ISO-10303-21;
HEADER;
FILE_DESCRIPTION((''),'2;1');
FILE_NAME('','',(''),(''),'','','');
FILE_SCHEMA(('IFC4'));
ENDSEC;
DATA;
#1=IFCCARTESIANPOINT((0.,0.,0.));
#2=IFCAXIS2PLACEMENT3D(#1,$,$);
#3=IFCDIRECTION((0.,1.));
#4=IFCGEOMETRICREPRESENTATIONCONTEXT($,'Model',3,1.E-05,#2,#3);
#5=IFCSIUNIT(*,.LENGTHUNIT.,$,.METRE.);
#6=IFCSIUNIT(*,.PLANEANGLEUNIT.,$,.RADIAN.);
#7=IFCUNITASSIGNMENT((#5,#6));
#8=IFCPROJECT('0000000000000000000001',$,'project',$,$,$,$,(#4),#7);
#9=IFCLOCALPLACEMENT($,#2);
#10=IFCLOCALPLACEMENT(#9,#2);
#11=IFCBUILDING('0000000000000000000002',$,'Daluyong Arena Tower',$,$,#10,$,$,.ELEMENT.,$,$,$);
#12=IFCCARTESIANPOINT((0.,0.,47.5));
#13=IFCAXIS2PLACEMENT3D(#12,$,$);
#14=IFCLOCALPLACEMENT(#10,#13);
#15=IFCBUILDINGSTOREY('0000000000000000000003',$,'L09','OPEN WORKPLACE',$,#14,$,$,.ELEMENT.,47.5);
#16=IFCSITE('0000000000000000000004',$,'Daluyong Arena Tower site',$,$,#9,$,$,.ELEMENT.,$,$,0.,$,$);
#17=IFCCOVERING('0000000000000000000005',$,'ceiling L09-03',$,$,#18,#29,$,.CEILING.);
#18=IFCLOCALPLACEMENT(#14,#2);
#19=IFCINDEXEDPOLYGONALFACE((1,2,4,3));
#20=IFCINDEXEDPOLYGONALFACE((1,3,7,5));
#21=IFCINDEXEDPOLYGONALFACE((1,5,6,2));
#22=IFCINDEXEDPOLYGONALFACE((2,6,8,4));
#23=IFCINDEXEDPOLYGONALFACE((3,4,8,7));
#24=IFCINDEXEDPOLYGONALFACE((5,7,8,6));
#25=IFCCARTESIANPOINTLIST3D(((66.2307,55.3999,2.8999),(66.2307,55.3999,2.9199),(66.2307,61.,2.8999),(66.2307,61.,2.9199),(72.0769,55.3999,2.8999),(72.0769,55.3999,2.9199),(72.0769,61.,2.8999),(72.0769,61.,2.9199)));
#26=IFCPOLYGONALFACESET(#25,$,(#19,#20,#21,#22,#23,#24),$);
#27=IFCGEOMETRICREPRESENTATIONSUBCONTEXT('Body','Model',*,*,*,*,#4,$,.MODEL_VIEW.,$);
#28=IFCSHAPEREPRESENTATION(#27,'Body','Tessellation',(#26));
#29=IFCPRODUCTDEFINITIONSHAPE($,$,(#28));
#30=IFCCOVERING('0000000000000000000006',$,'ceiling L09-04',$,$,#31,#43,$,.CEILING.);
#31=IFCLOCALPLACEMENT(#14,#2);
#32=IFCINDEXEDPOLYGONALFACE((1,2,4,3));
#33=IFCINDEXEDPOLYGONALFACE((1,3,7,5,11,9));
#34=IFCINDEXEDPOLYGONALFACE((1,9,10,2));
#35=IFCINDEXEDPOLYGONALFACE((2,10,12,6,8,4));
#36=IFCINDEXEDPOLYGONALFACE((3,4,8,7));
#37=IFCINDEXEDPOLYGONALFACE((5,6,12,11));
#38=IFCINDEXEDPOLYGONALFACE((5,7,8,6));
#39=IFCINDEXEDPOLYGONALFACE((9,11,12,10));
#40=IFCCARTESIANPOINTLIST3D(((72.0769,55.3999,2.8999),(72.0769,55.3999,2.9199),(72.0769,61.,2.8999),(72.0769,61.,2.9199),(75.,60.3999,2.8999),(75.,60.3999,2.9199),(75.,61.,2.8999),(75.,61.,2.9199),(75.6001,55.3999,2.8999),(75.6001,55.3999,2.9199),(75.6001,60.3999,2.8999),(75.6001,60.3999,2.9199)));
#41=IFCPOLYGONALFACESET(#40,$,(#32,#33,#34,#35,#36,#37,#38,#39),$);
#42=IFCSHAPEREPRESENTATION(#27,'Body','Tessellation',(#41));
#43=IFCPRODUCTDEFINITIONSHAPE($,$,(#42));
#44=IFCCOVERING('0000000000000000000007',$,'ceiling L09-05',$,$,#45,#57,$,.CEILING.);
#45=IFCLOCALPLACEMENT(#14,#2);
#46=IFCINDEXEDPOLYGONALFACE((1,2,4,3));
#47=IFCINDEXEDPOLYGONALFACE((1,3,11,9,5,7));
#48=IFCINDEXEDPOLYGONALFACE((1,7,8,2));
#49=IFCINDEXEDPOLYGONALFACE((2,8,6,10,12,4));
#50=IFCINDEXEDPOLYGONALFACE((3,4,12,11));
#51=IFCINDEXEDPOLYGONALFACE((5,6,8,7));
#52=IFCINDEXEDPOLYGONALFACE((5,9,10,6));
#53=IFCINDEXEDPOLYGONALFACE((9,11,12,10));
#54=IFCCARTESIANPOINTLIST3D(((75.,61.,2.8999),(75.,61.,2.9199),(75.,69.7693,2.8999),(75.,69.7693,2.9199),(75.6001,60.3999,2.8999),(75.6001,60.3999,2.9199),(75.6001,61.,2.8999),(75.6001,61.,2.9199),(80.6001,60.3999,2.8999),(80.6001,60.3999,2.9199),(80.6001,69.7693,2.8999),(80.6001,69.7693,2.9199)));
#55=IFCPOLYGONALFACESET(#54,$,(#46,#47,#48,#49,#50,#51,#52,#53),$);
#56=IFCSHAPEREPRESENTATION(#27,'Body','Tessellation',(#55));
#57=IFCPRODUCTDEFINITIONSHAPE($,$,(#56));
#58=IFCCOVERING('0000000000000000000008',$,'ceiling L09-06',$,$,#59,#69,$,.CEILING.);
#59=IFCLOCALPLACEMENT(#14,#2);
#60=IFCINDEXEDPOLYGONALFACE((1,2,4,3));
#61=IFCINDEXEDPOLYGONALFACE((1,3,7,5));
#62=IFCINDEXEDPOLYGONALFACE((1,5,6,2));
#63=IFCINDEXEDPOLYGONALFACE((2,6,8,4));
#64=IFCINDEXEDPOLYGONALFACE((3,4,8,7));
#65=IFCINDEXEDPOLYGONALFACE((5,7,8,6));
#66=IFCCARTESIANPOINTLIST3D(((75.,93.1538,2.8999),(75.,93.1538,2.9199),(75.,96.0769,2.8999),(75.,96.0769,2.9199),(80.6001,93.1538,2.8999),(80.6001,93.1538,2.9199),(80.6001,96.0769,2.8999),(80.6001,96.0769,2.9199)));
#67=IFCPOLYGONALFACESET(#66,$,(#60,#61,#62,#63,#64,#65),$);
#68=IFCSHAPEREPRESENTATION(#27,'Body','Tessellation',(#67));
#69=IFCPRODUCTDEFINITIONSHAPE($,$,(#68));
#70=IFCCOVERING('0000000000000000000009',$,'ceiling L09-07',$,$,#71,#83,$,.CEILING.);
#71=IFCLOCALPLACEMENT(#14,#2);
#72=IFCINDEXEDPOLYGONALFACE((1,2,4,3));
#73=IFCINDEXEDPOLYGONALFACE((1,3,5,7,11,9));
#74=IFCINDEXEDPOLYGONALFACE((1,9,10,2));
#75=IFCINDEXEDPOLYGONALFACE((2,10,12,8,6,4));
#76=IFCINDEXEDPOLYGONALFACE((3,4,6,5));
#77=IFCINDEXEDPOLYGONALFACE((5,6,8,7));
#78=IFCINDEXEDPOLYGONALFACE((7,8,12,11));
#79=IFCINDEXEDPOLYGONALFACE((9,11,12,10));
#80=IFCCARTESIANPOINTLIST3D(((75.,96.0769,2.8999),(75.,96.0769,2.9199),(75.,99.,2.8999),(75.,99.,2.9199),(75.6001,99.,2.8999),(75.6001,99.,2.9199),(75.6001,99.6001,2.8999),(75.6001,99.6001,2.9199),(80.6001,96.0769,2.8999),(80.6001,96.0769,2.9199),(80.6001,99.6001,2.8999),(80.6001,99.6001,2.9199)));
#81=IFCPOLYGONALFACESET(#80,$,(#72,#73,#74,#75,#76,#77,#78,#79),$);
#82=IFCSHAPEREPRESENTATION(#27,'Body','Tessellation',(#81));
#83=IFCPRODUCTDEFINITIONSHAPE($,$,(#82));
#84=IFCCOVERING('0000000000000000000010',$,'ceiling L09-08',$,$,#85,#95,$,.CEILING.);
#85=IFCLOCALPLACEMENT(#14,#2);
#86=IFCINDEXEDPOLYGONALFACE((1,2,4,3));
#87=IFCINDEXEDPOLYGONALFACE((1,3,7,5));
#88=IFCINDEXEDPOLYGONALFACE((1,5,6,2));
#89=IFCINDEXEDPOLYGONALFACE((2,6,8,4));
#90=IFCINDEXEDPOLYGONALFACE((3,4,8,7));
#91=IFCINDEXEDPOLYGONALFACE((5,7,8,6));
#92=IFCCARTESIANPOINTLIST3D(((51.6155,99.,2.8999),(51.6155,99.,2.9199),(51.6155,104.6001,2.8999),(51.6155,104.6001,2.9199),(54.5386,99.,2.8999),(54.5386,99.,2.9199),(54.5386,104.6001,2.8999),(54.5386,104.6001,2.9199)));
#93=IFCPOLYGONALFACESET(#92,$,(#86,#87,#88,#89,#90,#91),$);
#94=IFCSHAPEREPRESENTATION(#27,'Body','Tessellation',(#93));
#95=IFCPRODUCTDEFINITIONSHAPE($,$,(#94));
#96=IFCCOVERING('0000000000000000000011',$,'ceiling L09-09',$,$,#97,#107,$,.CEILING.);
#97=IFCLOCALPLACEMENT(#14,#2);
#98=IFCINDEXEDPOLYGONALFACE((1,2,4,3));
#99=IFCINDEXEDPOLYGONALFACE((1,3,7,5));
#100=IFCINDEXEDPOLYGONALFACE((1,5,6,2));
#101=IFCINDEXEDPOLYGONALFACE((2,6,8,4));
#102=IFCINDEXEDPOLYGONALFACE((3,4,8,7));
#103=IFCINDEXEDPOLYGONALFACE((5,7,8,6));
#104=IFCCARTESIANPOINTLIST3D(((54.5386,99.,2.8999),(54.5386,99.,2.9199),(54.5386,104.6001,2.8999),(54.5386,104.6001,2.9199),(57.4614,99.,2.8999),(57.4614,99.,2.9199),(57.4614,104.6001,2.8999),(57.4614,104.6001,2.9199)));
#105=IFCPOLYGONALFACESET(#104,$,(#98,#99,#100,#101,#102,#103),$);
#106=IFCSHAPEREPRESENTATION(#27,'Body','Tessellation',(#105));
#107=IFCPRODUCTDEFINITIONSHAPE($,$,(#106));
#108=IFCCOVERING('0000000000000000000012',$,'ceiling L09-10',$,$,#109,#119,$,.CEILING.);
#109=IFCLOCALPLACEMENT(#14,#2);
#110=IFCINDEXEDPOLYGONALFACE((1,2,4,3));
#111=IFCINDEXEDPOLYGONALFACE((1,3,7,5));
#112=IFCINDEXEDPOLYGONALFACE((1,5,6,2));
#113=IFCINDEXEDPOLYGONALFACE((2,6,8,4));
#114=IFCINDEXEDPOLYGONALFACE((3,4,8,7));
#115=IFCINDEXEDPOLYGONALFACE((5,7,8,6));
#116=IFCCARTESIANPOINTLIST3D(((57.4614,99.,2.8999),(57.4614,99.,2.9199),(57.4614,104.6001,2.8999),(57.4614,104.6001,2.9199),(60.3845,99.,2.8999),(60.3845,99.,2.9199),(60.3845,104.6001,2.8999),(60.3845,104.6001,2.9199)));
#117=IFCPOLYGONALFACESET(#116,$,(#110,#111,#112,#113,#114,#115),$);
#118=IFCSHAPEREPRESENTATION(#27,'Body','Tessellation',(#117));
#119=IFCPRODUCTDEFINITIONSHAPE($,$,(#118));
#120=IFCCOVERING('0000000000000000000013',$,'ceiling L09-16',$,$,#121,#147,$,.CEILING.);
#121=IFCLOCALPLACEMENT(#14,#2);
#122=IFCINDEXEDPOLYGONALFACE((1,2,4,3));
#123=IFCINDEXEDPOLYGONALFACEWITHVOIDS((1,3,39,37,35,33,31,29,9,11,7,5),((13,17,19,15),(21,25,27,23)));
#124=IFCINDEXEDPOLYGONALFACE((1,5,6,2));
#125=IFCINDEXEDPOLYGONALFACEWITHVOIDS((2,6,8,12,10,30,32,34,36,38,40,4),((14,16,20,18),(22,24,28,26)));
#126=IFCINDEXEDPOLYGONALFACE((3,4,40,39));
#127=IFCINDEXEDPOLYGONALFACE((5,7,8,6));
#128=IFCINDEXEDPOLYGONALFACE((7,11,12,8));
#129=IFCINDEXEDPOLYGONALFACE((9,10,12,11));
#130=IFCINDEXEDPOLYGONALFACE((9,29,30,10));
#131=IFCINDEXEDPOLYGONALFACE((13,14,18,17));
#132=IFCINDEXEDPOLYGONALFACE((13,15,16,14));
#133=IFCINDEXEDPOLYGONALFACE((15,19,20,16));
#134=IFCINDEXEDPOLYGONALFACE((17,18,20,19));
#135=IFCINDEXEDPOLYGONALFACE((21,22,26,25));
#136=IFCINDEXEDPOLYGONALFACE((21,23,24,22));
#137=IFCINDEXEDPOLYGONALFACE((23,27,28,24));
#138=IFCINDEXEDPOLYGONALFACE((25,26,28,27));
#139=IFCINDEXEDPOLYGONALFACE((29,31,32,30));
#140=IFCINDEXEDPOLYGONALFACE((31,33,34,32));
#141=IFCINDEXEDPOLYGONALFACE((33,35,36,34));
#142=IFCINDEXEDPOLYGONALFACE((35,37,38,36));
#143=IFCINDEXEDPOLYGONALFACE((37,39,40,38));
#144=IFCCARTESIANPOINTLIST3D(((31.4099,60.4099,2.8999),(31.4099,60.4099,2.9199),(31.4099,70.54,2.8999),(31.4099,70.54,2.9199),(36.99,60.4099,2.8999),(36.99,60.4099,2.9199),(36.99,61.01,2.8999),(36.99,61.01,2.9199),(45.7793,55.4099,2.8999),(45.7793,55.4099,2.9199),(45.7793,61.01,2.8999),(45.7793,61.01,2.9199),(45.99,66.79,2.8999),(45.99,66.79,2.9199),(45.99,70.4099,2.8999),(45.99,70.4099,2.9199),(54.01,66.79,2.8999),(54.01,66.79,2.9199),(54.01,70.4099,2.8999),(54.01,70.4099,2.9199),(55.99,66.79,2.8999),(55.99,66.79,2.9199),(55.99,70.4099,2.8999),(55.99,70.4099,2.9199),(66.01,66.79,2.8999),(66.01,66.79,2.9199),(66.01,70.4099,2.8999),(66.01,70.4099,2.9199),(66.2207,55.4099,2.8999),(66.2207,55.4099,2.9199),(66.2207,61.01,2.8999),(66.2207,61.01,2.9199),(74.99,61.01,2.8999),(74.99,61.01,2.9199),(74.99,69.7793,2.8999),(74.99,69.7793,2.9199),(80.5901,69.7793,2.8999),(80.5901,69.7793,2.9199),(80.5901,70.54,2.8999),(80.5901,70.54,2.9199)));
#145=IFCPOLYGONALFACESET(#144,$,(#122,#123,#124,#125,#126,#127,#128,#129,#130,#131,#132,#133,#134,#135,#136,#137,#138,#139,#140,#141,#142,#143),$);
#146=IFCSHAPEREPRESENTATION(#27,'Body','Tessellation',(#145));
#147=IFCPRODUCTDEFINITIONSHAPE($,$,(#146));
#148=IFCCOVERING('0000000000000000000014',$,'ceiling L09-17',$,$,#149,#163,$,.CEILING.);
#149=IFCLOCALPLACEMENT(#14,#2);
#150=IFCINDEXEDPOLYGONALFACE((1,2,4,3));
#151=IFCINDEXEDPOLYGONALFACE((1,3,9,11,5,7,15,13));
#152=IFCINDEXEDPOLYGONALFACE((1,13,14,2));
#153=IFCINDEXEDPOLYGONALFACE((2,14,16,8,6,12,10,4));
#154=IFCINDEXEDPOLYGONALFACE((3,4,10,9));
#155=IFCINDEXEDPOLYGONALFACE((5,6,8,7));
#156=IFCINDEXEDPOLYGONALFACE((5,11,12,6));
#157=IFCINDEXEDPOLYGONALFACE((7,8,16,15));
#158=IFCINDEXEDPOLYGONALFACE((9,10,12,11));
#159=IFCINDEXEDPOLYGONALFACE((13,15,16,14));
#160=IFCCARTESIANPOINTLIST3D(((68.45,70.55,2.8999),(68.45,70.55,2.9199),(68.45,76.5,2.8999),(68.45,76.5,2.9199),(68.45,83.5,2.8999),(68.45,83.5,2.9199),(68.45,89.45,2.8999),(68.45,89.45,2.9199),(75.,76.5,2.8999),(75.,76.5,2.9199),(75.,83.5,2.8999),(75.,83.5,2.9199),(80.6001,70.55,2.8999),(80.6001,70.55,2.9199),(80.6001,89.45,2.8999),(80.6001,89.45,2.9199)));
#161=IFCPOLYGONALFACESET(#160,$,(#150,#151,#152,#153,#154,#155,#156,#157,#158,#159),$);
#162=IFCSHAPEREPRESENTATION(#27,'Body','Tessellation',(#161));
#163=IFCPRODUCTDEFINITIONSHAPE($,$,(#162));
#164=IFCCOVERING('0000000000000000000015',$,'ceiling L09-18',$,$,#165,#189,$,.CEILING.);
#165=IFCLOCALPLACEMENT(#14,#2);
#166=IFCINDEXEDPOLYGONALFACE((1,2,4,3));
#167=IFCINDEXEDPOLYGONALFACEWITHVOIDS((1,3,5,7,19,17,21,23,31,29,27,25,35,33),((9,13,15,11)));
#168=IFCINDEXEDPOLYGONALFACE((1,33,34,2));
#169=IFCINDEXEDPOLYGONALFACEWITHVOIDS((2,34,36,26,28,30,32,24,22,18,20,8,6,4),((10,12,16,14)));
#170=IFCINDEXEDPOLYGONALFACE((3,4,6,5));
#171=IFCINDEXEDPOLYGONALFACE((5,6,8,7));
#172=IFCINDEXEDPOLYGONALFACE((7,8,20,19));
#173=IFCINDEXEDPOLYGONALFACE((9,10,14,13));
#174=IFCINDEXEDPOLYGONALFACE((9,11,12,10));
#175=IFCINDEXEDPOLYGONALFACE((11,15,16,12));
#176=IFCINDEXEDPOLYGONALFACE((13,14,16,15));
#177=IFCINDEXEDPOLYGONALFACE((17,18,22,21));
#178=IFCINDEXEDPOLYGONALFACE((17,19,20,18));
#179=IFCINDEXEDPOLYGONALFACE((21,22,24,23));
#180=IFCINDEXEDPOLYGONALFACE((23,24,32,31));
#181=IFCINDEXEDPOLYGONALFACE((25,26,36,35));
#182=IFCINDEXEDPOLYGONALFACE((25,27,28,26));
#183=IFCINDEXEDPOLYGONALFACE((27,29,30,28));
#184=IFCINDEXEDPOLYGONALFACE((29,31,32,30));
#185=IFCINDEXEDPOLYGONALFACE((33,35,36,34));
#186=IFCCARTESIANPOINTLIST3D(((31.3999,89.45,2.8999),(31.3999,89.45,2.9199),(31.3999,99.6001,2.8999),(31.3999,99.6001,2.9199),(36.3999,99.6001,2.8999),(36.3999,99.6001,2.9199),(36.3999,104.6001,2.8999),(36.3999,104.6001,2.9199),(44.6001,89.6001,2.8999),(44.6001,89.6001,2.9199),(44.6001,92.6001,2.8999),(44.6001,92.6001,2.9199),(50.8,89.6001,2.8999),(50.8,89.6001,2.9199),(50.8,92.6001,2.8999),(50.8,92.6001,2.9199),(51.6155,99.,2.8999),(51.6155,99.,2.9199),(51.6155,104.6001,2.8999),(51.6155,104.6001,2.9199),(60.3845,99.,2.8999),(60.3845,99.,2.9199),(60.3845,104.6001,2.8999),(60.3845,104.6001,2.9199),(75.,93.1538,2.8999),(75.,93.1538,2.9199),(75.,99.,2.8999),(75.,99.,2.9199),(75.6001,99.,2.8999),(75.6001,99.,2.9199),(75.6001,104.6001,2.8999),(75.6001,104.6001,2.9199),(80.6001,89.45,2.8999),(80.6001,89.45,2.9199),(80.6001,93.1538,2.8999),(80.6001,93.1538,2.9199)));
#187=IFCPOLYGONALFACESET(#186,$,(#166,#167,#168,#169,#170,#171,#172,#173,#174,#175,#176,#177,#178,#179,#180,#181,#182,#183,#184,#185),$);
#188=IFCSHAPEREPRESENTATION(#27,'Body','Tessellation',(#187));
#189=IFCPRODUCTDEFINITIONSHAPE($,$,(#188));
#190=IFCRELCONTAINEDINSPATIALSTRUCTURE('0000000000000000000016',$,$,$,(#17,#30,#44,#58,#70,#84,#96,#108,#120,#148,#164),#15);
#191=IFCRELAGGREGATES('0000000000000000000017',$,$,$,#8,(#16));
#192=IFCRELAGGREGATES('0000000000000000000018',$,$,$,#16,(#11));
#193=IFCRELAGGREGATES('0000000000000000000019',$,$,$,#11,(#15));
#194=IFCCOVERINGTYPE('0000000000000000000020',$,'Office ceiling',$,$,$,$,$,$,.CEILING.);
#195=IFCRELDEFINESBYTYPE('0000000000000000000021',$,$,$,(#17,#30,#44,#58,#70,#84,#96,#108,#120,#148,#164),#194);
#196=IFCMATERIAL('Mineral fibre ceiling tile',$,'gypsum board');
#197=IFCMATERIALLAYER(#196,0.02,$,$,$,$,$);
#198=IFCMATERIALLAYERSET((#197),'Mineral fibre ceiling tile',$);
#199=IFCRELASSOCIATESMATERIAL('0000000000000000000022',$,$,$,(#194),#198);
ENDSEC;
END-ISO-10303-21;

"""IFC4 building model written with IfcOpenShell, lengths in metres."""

from ifc_helpers import new_model, si_unit, direction, frame, origin, place, context, subcontext, project, spatial, polyline, outline, extrude, material, layer, layer_set, type_object, element, save


model = new_model("IFC4")

# Units and contexts
model_context = context("Model", 3, precision=1e-05, world=origin(), true_north=direction((0.0, 1.0)))
body_context = subcontext(model_context, "Body", "Model", "MODEL_VIEW")
ifc_project = project(units=[si_unit("LENGTHUNIT", "METRE"), si_unit("PLANEANGLEUNIT", "RADIAN")], contexts=[model_context])

# Site, building, storey
site_placement = place(None, origin())
site = spatial("IfcSite", under=ifc_project, at=site_placement, Name="Daluyong Arena Tower site", CompositionType="ELEMENT", RefElevation=0.0)
building_placement = place(site_placement, origin())
building = spatial("IfcBuilding", under=site, at=building_placement, Name="Daluyong Arena Tower", CompositionType="ELEMENT")
storey_placement = place(building_placement, frame((0.0, 0.0, 47.5)))
storey = spatial("IfcBuildingStorey", under=building, at=storey_placement, Name="L09", Description="OPEN WORKPLACE", CompositionType="ELEMENT", Elevation=47.5)

# Coverings
ifc_material_1 = material(Name="Mineral fibre ceiling tile", Category="gypsum board")
ifc_layer_1 = layer(ifc_material_1, 0.02)
ifc_layer_set_1 = layer_set([ifc_layer_1], Name="Mineral fibre ceiling tile")
covering_type = type_object("IfcCoveringType", Name="Office ceiling", PredefinedType="CEILING", material=ifc_layer_set_1)
covering_1_placement = place(storey_placement, frame((0.0, 0.0, 2.8999)))
element("IfcCovering", 1, at=covering_1_placement, inside=storey, type_object=covering_type, Name="ceiling L09-03", PredefinedType="CEILING", context=body_context, shape_type="SweptSolid", body=[
    extrude(outline(polyline([(66.2307, 61.0), (66.2307, 55.3999), (72.0769, 55.3999), (72.0769, 61.0), (66.2307, 61.0)])), origin(), (0.0, 0.0, 1.0), 0.02),
])
covering_2_placement = place(storey_placement, frame((0.0, 0.0, 2.8999)))
element("IfcCovering", 2, at=covering_2_placement, inside=storey, type_object=covering_type, Name="ceiling L09-04", PredefinedType="CEILING", context=body_context, shape_type="SweptSolid", body=[
    extrude(outline(polyline([(75.6001, 55.3999), (75.6001, 60.3999), (75.0, 60.3999), (75.0, 61.0), (72.0769, 61.0), (72.0769, 55.3999), (75.6001, 55.3999)])), origin(), (0.0, 0.0, 1.0), 0.02),
])
covering_3_placement = place(storey_placement, frame((0.0, 0.0, 2.8999)))
element("IfcCovering", 3, at=covering_3_placement, inside=storey, type_object=covering_type, Name="ceiling L09-05", PredefinedType="CEILING", context=body_context, shape_type="SweptSolid", body=[
    extrude(outline(polyline([(75.6001, 60.3999), (80.6001, 60.3999), (80.6001, 69.7693), (75.0, 69.7693), (75.0, 61.0), (75.6001, 61.0), (75.6001, 60.3999)])), origin(), (0.0, 0.0, 1.0), 0.02),
])
covering_4_placement = place(storey_placement, frame((0.0, 0.0, 2.8999)))
element("IfcCovering", 4, at=covering_4_placement, inside=storey, type_object=covering_type, Name="ceiling L09-06", PredefinedType="CEILING", context=body_context, shape_type="SweptSolid", body=[
    extrude(outline(polyline([(75.0, 93.1538), (80.6001, 93.1538), (80.6001, 96.0769), (75.0, 96.0769), (75.0, 93.1538)])), origin(), (0.0, 0.0, 1.0), 0.02),
])
covering_5_placement = place(storey_placement, frame((0.0, 0.0, 2.8999)))
element("IfcCovering", 5, at=covering_5_placement, inside=storey, type_object=covering_type, Name="ceiling L09-07", PredefinedType="CEILING", context=body_context, shape_type="SweptSolid", body=[
    extrude(outline(polyline([(75.0, 96.0769), (80.6001, 96.0769), (80.6001, 99.6001), (75.6001, 99.6001), (75.6001, 99.0), (75.0, 99.0), (75.0, 96.0769)])), origin(), (0.0, 0.0, 1.0), 0.02),
])
covering_6_placement = place(storey_placement, frame((0.0, 0.0, 2.8999)))
element("IfcCovering", 6, at=covering_6_placement, inside=storey, type_object=covering_type, Name="ceiling L09-08", PredefinedType="CEILING", context=body_context, shape_type="SweptSolid", body=[
    extrude(outline(polyline([(54.5386, 99.0), (54.5386, 104.6001), (51.6155, 104.6001), (51.6155, 99.0), (54.5386, 99.0)])), origin(), (0.0, 0.0, 1.0), 0.02),
])
covering_7_placement = place(storey_placement, frame((0.0, 0.0, 2.8999)))
element("IfcCovering", 7, at=covering_7_placement, inside=storey, type_object=covering_type, Name="ceiling L09-09", PredefinedType="CEILING", context=body_context, shape_type="SweptSolid", body=[
    extrude(outline(polyline([(57.4614, 99.0), (57.4614, 104.6001), (54.5386, 104.6001), (54.5386, 99.0), (57.4614, 99.0)])), origin(), (0.0, 0.0, 1.0), 0.02),
])
covering_8_placement = place(storey_placement, frame((0.0, 0.0, 2.8999)))
element("IfcCovering", 8, at=covering_8_placement, inside=storey, type_object=covering_type, Name="ceiling L09-10", PredefinedType="CEILING", context=body_context, shape_type="SweptSolid", body=[
    extrude(outline(polyline([(60.3845, 99.0), (60.3845, 104.6001), (57.4614, 104.6001), (57.4614, 99.0), (60.3845, 99.0)])), origin(), (0.0, 0.0, 1.0), 0.02),
])
covering_9_placement = place(storey_placement, frame((0.0, 0.0, 2.8999)))
element("IfcCovering", 9, at=covering_9_placement, inside=storey, type_object=covering_type, Name="ceiling L09-16", PredefinedType="CEILING", context=body_context, shape_type="SweptSolid", body=[
    extrude(outline(polyline([(74.99, 61.01), (74.99, 69.7793), (80.5901, 69.7793), (80.5901, 70.54), (31.4099, 70.54), (31.4099, 60.4099), (36.99, 60.4099), (36.99, 61.01), (45.7793, 61.01), (45.7793, 55.4099), (66.2207, 55.4099), (66.2207, 61.01), (74.99, 61.01)]), holes=[polyline([(66.01, 66.79), (55.99, 66.79), (55.99, 70.4099), (66.01, 70.4099), (66.01, 66.79)]), polyline([(54.01, 66.79), (45.99, 66.79), (45.99, 70.4099), (54.01, 70.4099), (54.01, 66.79)])]), origin(), (0.0, 0.0, 1.0), 0.02),
])
covering_10_placement = place(storey_placement, frame((0.0, 0.0, 2.8999)))
element("IfcCovering", 10, at=covering_10_placement, inside=storey, type_object=covering_type, Name="ceiling L09-17", PredefinedType="CEILING", context=body_context, shape_type="SweptSolid", body=[
    extrude(outline(polyline([(80.6001, 70.55), (80.6001, 89.45), (68.45, 89.45), (68.45, 83.5), (75.0, 83.5), (75.0, 76.5), (68.45, 76.5), (68.45, 70.55), (80.6001, 70.55)])), origin(), (0.0, 0.0, 1.0), 0.02),
])
covering_11_placement = place(storey_placement, frame((0.0, 0.0, 2.8999)))
element("IfcCovering", 11, at=covering_11_placement, inside=storey, type_object=covering_type, Name="ceiling L09-18", PredefinedType="CEILING", context=body_context, shape_type="SweptSolid", body=[
    extrude(outline(polyline([(36.3999, 104.6001), (36.3999, 99.6001), (31.3999, 99.6001), (31.3999, 89.45), (80.6001, 89.45), (80.6001, 93.1538), (75.0, 93.1538), (75.0, 99.0), (75.6001, 99.0), (75.6001, 104.6001), (60.3845, 104.6001), (60.3845, 99.0), (51.6155, 99.0), (51.6155, 104.6001), (36.3999, 104.6001)]), holes=[polyline([(50.8, 89.6001), (44.6001, 89.6001), (44.6001, 92.6001), (50.8, 92.6001), (50.8, 89.6001)])]), origin(), (0.0, 0.0, 1.0), 0.02),
])

save(model, "model.ifc")
